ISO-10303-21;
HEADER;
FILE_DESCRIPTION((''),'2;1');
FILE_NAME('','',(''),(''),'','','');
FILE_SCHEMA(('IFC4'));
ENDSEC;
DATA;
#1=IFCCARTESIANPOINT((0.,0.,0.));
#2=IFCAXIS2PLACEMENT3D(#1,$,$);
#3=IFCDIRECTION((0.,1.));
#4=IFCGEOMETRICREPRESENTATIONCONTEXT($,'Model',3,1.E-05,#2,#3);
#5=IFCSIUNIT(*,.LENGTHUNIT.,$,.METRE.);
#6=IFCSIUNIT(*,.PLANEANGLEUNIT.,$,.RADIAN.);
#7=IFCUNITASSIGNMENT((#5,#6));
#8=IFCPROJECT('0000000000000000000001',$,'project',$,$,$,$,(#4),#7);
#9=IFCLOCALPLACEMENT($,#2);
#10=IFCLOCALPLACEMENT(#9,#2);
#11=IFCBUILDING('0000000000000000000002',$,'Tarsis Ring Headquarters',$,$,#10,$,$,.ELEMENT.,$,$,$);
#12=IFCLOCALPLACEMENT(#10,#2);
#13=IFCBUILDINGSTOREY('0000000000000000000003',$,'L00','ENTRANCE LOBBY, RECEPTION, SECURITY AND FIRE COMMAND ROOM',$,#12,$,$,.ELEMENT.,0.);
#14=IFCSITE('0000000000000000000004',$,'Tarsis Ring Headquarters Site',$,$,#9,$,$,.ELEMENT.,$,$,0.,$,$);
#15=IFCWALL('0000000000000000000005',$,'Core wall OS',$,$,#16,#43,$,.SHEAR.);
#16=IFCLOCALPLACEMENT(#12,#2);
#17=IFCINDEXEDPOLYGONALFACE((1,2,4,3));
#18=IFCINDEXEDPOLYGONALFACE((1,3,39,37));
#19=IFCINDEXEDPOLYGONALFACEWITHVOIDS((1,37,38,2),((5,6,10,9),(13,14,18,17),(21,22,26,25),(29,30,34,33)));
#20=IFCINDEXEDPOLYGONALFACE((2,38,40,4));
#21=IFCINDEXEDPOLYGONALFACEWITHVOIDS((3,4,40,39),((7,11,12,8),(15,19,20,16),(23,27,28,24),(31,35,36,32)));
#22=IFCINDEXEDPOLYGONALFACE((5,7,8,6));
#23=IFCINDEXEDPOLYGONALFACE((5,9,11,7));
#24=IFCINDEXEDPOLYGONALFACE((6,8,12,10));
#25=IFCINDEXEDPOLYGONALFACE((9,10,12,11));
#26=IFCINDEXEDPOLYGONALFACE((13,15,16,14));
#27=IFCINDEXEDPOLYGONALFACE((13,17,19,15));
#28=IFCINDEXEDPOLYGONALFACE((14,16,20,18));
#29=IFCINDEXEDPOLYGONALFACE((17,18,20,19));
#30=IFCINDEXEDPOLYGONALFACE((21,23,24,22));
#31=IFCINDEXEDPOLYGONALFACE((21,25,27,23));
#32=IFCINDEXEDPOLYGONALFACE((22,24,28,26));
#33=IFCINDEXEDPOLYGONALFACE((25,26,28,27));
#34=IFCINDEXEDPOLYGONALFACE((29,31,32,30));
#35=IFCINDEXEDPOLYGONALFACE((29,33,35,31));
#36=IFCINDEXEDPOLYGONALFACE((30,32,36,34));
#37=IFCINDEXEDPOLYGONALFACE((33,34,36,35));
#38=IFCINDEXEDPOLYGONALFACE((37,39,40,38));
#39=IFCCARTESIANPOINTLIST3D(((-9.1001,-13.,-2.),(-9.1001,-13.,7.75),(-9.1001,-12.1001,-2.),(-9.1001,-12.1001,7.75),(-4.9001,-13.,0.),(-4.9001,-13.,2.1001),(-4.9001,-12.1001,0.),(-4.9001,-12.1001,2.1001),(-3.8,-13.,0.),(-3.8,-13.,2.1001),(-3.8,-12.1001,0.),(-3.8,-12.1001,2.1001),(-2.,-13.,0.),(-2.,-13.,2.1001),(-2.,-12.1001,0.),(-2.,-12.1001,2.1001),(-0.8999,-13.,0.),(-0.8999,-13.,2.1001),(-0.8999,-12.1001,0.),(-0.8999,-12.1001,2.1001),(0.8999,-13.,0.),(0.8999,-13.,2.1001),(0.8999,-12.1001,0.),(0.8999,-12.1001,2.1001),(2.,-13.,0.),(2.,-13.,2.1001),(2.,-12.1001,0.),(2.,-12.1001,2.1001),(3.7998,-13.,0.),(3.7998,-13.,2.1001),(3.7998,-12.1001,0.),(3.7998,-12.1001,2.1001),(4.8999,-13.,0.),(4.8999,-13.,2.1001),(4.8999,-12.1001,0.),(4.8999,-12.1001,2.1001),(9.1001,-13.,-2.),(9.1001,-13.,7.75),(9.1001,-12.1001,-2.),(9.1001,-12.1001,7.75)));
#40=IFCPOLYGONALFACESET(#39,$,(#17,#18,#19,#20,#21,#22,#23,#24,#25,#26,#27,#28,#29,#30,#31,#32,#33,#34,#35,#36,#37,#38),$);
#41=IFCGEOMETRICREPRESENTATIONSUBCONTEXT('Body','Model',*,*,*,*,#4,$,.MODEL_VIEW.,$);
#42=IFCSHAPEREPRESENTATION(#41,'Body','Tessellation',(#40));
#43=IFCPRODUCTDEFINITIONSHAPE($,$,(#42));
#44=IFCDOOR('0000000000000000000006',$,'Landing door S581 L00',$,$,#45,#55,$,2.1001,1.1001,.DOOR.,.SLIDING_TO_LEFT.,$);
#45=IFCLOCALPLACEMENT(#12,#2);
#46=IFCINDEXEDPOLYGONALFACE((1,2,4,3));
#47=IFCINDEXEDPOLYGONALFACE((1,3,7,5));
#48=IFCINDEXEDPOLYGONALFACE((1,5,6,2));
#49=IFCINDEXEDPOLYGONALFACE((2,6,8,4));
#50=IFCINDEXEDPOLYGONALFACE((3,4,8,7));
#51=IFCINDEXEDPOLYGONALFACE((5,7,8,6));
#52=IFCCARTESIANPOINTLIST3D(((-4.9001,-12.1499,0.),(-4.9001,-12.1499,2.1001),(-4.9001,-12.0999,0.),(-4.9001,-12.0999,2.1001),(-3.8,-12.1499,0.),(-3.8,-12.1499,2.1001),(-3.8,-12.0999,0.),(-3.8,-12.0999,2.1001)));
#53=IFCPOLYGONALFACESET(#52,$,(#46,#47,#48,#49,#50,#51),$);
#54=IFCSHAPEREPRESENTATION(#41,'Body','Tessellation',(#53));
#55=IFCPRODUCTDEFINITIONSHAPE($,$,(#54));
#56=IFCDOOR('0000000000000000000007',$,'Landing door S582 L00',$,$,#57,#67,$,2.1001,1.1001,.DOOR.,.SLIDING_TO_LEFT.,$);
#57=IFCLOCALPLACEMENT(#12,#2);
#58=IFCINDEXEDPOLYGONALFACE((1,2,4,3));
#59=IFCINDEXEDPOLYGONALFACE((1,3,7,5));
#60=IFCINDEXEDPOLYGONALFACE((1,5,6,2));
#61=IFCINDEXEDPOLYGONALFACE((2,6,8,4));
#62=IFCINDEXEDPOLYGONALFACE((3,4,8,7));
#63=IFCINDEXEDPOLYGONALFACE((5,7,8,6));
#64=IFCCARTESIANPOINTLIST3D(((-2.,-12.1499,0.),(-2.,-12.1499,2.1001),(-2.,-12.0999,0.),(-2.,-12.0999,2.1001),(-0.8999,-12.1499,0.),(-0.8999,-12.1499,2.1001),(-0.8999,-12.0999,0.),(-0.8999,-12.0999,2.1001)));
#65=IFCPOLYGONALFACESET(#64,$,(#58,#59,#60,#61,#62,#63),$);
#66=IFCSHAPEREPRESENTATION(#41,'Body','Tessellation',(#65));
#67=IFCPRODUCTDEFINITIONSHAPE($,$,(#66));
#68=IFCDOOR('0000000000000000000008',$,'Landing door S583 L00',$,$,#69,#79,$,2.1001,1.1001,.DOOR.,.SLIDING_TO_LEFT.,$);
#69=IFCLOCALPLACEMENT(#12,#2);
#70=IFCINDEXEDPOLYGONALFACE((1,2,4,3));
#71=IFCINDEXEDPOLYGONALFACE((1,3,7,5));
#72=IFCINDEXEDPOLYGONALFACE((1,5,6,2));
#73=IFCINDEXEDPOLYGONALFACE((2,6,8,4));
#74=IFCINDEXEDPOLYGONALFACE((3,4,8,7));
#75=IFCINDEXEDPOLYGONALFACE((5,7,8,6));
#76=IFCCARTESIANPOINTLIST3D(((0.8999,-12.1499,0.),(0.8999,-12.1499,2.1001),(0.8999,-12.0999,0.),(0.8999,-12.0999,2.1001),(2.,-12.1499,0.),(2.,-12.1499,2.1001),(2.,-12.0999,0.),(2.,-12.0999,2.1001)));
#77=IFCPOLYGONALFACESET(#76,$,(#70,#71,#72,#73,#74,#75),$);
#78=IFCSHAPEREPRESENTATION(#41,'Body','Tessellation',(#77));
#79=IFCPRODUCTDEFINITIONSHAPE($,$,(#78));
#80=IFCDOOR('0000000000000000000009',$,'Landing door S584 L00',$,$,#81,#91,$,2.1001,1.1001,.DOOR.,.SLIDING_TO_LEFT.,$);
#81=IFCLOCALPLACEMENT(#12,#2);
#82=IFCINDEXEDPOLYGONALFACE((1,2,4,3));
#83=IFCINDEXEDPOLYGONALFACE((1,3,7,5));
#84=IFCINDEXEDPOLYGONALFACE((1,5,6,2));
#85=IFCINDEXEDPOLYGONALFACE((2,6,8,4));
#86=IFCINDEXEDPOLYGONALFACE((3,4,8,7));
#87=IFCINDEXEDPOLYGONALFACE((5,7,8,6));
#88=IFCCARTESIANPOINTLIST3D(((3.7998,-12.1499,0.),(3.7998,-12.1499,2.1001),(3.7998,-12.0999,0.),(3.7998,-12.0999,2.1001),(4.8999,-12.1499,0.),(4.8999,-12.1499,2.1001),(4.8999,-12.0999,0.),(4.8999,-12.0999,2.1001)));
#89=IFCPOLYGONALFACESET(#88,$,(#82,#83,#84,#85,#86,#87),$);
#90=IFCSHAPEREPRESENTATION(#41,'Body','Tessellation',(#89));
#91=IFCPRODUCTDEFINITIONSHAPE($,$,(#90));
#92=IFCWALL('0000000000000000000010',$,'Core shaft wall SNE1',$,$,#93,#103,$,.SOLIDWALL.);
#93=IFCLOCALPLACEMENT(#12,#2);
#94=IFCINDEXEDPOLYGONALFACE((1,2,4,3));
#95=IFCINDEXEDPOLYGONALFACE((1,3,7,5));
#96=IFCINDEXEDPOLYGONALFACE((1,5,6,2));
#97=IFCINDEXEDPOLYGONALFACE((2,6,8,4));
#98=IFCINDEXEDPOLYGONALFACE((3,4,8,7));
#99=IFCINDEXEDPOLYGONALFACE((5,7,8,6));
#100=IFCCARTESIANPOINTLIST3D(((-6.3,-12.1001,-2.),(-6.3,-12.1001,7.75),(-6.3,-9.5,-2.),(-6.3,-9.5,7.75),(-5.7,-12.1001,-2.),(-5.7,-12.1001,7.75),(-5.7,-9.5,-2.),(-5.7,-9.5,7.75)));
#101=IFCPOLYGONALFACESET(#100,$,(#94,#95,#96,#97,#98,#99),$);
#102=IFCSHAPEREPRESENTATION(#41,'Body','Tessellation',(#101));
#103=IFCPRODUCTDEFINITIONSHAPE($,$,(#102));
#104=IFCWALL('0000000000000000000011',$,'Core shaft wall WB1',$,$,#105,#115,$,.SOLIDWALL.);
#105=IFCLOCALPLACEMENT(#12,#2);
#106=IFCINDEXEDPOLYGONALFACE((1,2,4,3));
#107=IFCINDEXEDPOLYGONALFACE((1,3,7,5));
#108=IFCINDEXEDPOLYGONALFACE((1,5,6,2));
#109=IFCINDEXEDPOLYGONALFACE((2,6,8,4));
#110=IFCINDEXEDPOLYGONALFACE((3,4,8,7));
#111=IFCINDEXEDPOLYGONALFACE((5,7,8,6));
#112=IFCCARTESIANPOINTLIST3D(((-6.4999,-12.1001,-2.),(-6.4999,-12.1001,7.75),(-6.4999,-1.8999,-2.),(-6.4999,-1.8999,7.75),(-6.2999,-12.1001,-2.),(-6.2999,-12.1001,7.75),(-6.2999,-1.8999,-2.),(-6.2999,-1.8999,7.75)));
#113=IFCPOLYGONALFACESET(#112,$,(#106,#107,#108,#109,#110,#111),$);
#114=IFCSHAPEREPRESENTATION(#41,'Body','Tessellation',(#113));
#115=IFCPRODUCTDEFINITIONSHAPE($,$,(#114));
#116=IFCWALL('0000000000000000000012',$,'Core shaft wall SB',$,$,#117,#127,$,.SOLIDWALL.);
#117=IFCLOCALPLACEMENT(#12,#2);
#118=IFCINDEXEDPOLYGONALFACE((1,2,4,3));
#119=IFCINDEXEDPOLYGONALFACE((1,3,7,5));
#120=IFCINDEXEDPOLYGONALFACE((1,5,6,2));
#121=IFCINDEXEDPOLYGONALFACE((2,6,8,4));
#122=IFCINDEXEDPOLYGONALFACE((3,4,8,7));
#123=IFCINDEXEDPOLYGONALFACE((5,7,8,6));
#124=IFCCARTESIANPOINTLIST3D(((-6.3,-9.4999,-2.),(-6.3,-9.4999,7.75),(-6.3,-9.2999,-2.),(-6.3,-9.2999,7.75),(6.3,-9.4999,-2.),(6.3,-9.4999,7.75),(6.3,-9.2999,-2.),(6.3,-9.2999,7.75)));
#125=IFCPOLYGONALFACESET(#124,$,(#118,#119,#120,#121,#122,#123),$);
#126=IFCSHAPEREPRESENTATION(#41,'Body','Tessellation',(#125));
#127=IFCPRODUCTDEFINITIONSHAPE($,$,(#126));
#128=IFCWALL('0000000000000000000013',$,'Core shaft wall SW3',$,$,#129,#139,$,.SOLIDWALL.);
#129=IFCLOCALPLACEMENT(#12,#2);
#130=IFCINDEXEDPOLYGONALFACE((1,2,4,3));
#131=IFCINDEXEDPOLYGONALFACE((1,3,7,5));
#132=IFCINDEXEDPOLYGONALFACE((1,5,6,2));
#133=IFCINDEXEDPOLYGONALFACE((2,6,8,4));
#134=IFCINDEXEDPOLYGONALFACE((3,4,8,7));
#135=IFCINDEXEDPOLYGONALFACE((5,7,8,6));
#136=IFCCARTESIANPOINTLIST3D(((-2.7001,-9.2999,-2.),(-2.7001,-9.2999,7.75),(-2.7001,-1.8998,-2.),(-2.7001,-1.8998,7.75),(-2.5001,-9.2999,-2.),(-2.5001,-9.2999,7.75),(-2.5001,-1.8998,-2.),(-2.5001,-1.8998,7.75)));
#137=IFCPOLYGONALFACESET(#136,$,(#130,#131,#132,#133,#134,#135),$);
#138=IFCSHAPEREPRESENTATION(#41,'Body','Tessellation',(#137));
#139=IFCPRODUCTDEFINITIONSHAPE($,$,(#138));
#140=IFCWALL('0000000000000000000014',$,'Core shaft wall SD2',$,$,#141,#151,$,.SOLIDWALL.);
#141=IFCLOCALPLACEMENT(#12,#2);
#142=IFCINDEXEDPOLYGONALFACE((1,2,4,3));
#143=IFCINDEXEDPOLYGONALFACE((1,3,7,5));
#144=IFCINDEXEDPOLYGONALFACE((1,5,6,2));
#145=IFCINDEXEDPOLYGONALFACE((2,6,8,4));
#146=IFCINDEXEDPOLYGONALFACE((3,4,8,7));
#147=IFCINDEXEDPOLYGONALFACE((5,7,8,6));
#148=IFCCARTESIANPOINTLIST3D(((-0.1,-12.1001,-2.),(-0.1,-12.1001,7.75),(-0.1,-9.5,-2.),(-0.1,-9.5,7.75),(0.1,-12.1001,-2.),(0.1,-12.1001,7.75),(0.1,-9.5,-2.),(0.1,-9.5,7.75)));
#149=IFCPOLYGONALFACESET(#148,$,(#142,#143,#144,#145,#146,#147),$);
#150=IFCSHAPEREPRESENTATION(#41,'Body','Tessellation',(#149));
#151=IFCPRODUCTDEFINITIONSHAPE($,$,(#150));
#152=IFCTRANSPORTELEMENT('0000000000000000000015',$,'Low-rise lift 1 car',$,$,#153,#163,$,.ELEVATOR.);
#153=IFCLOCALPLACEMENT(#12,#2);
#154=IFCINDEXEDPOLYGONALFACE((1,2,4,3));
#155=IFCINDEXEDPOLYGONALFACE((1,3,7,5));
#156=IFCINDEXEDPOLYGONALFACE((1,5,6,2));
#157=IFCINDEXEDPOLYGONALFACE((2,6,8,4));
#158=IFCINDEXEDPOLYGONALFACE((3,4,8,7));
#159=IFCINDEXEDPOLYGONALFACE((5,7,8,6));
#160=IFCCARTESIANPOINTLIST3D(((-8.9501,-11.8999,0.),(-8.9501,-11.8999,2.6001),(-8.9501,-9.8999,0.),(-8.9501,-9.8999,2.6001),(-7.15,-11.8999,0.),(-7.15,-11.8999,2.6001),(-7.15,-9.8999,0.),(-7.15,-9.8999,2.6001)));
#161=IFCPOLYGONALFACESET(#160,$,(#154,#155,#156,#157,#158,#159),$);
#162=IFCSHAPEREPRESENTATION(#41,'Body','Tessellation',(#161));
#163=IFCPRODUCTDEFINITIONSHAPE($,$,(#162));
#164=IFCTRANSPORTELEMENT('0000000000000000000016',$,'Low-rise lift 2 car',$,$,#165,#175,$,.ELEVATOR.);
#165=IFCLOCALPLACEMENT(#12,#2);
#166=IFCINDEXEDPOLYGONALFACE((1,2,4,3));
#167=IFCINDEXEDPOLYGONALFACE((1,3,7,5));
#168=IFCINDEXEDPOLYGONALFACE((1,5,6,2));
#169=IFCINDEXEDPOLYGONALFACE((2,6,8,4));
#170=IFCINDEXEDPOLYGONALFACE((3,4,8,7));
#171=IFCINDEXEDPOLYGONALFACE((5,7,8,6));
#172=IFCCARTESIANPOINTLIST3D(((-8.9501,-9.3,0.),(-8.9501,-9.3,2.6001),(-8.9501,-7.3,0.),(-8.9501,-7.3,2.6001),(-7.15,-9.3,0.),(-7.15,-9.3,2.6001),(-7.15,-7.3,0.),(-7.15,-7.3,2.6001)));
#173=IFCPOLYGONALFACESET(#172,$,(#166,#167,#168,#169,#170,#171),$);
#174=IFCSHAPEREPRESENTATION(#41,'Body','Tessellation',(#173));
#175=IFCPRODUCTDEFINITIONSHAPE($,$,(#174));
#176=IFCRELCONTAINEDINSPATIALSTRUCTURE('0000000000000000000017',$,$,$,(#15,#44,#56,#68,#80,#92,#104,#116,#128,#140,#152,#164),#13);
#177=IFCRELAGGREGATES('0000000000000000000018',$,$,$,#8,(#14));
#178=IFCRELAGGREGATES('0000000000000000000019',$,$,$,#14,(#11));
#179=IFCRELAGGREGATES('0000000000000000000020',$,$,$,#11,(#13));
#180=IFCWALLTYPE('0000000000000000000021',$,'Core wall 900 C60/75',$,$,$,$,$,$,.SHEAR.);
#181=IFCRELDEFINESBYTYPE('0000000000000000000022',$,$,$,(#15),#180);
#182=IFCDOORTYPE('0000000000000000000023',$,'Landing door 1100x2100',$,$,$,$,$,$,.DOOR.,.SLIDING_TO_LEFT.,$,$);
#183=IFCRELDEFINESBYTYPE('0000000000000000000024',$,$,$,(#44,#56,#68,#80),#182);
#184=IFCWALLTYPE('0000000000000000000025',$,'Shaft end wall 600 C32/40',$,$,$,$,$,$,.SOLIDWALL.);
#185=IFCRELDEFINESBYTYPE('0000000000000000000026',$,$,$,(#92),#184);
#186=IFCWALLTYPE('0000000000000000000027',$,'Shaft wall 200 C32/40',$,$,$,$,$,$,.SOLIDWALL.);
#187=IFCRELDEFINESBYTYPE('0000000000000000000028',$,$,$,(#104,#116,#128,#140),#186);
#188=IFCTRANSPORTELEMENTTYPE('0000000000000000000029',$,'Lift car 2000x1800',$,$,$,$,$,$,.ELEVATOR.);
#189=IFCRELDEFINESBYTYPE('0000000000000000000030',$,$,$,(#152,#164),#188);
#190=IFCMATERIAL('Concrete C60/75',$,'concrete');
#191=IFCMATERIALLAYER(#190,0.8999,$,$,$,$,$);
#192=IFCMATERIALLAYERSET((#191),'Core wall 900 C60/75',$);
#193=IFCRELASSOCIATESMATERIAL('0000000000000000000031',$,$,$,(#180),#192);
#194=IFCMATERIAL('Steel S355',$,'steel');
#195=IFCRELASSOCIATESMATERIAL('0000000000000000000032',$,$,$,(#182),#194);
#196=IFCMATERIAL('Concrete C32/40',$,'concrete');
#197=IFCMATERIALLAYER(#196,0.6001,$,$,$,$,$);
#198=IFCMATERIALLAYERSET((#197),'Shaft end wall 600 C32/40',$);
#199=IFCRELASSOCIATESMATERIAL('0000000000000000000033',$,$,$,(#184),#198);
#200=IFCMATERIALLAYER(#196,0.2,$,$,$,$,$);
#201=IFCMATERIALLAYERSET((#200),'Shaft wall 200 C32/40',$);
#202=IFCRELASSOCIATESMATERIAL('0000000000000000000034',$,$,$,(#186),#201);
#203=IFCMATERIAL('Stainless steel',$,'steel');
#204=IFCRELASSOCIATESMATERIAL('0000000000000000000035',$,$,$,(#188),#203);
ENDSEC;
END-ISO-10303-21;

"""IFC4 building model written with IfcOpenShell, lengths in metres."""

from ifc_helpers import new_model, si_unit, direction, frame, frame_2d, origin, origin_2d, place, context, subcontext, project, spatial, rectangle, extrude, material, layer, layer_set, type_object, element, fill, save


model = new_model("IFC4")

# Units and contexts
model_context = context("Model", 3, precision=1e-05, world=origin(), true_north=direction((0.0, 1.0)))
body_context = subcontext(model_context, "Body", "Model", "MODEL_VIEW")
ifc_project = project(units=[si_unit("LENGTHUNIT", "METRE"), si_unit("PLANEANGLEUNIT", "RADIAN")], contexts=[model_context])

# Site, building, storey
site_placement = place(None, origin())
site = spatial("IfcSite", under=ifc_project, at=site_placement, Name="Tarsis Ring Headquarters Site", CompositionType="ELEMENT", RefElevation=0.0)
building_placement = place(site_placement, origin())
building = spatial("IfcBuilding", under=site, at=building_placement, Name="Tarsis Ring Headquarters", CompositionType="ELEMENT")
storey_placement = place(building_placement, origin())
storey = spatial("IfcBuildingStorey", under=building, at=storey_placement, Name="L00", Description="ENTRANCE LOBBY, RECEPTION, SECURITY AND FIRE COMMAND ROOM", CompositionType="ELEMENT", Elevation=0.0)

# Wall, openings, doors
ifc_material_1 = material(Name="Concrete C60/75", Category="concrete")
ifc_layer_1 = layer(ifc_material_1, 0.8999)
ifc_layer_set_1 = layer_set([ifc_layer_1], Name="Core wall 900 C60/75")
wall_type_1 = type_object("IfcWallType", Name="Core wall 900 C60/75", PredefinedType="SHEAR", material=ifc_layer_set_1)
ifc_material_2 = material(Name="Steel S355", Category="steel")
door_type_1 = type_object("IfcDoorType", Name="Landing door 1100x2100", OperationType="SLIDING_TO_LEFT", PredefinedType="DOOR", material=ifc_material_2)
wall_1_placement = place(storey_placement, frame((-9.1001, -12.55, -2.0), z_axis=(0.0, 0.0, 1.0), x_axis=(1.0, 0.0, 0.0)))
wall_1 = element("IfcWall", 1, at=wall_1_placement, inside=storey, type_object=wall_type_1, Name="Core wall OS", PredefinedType="SHEAR", context=body_context, shape_type="SweptSolid", body=[
    extrude(rectangle(XDim=18.2002, YDim=0.8999, at=frame_2d((9.1001, 0.0))), origin(), (0.0, 0.0, 1.0), 9.75),
])
opening_1_placement = place(wall_1_placement, frame((4.2, 0.0, 2.0)))
opening_1 = element("IfcOpeningElement", 2, at=opening_1_placement, cuts=wall_1, PredefinedType="OPENING", context=body_context, shape_type="SweptSolid", body=[
    extrude(rectangle(XDim=1.1001, YDim=2.1001, at=frame_2d((0.55, 1.05))), frame((0.0, 0.46, 0.0), z_axis=(0.0, -1.0, 0.0), x_axis=(1.0, 0.0, 0.0)), (0.0, 0.0, 1.0), 0.9199),
])
opening_2_placement = place(wall_1_placement, frame((7.1001, 0.0, 2.0)))
opening_2 = element("IfcOpeningElement", 3, at=opening_2_placement, cuts=wall_1, PredefinedType="OPENING", context=body_context, shape_type="SweptSolid", body=[
    extrude(rectangle(XDim=1.1001, YDim=2.1001, at=frame_2d((0.55, 1.05))), frame((0.0, 0.46, 0.0), z_axis=(0.0, -1.0, 0.0), x_axis=(1.0, 0.0, 0.0)), (0.0, 0.0, 1.0), 0.9199),
])
opening_3_placement = place(wall_1_placement, frame((10.0, 0.0, 2.0)))
opening_3 = element("IfcOpeningElement", 4, at=opening_3_placement, cuts=wall_1, PredefinedType="OPENING", context=body_context, shape_type="SweptSolid", body=[
    extrude(rectangle(XDim=1.1001, YDim=2.1001, at=frame_2d((0.55, 1.05))), frame((0.0, 0.46, 0.0), z_axis=(0.0, -1.0, 0.0), x_axis=(1.0, 0.0, 0.0)), (0.0, 0.0, 1.0), 0.9199),
])
opening_4_placement = place(wall_1_placement, frame((12.8999, 0.0, 2.0)))
opening_4 = element("IfcOpeningElement", 5, at=opening_4_placement, cuts=wall_1, PredefinedType="OPENING", context=body_context, shape_type="SweptSolid", body=[
    extrude(rectangle(XDim=1.1001, YDim=2.1001, at=frame_2d((0.55, 1.05))), frame((0.0, 0.46, 0.0), z_axis=(0.0, -1.0, 0.0), x_axis=(1.0, 0.0, 0.0)), (0.0, 0.0, 1.0), 0.9199),
])
door_1_placement = place(opening_1_placement, origin())
door_1 = element("IfcDoor", 6, at=door_1_placement, inside=storey, type_object=door_type_1, Name="Landing door S581 L00", OperationType="SLIDING_TO_LEFT", OverallHeight=2.1001, OverallWidth=1.1001, PredefinedType="DOOR", context=body_context, shape_type="SweptSolid", body=[
    extrude(rectangle(XDim=1.1001, YDim=2.1001, at=frame_2d((0.55, 1.05))), frame((0.0, 0.4502, 0.0), z_axis=(0.0, -1.0, 0.0), x_axis=(1.0, 0.0, 0.0)), (0.0, 0.0, 1.0), 0.05),
])
fill(opening_1, door_1)
door_2_placement = place(opening_2_placement, origin())
door_2 = element("IfcDoor", 7, at=door_2_placement, inside=storey, type_object=door_type_1, Name="Landing door S582 L00", OperationType="SLIDING_TO_LEFT", OverallHeight=2.1001, OverallWidth=1.1001, PredefinedType="DOOR", context=body_context, shape_type="SweptSolid", body=[
    extrude(rectangle(XDim=1.1001, YDim=2.1001, at=frame_2d((0.55, 1.05))), frame((0.0, 0.4502, 0.0), z_axis=(0.0, -1.0, 0.0), x_axis=(1.0, 0.0, 0.0)), (0.0, 0.0, 1.0), 0.05),
])
fill(opening_2, door_2)
door_3_placement = place(opening_3_placement, origin())
door_3 = element("IfcDoor", 8, at=door_3_placement, inside=storey, type_object=door_type_1, Name="Landing door S583 L00", OperationType="SLIDING_TO_LEFT", OverallHeight=2.1001, OverallWidth=1.1001, PredefinedType="DOOR", context=body_context, shape_type="SweptSolid", body=[
    extrude(rectangle(XDim=1.1001, YDim=2.1001, at=frame_2d((0.55, 1.05))), frame((0.0, 0.4502, 0.0), z_axis=(0.0, -1.0, 0.0), x_axis=(1.0, 0.0, 0.0)), (0.0, 0.0, 1.0), 0.05),
])
fill(opening_3, door_3)
door_4_placement = place(opening_4_placement, origin())
door_4 = element("IfcDoor", 9, at=door_4_placement, inside=storey, type_object=door_type_1, Name="Landing door S584 L00", OperationType="SLIDING_TO_LEFT", OverallHeight=2.1001, OverallWidth=1.1001, PredefinedType="DOOR", context=body_context, shape_type="SweptSolid", body=[
    extrude(rectangle(XDim=1.1001, YDim=2.1001, at=frame_2d((0.55, 1.05))), frame((0.0, 0.4502, 0.0), z_axis=(0.0, -1.0, 0.0), x_axis=(1.0, 0.0, 0.0)), (0.0, 0.0, 1.0), 0.05),
])
fill(opening_4, door_4)

# Walls
ifc_material_3 = material(Name="Concrete C32/40", Category="concrete")
ifc_layer_2 = layer(ifc_material_3, 0.6001)
ifc_layer_set_2 = layer_set([ifc_layer_2], Name="Shaft end wall 600 C32/40")
wall_type_2 = type_object("IfcWallType", Name="Shaft end wall 600 C32/40", PredefinedType="SOLIDWALL", material=ifc_layer_set_2)
wall_2_placement = place(storey_placement, frame((-6.0, -12.1001, -2.0), z_axis=(0.0, 0.0, 1.0), x_axis=(0.0, 1.0, 0.0)))
element("IfcWall", 10, at=wall_2_placement, inside=storey, type_object=wall_type_2, Name="Core shaft wall SNE1", PredefinedType="SOLIDWALL", context=body_context, shape_type="SweptSolid", body=[
    extrude(rectangle(XDim=2.6001, YDim=0.6001, at=frame_2d((1.3, 0.0))), origin(), (0.0, 0.0, 1.0), 9.75),
])
ifc_layer_3 = layer(ifc_material_3, 0.2)
ifc_layer_set_3 = layer_set([ifc_layer_3], Name="Shaft wall 200 C32/40")
wall_type_3 = type_object("IfcWallType", Name="Shaft wall 200 C32/40", PredefinedType="SOLIDWALL", material=ifc_layer_set_3)
wall_3_placement = place(storey_placement, frame((-6.3999, -12.1001, -2.0), z_axis=(0.0, 0.0, 1.0), x_axis=(0.0, 1.0, 0.0)))
element("IfcWall", 11, at=wall_3_placement, inside=storey, type_object=wall_type_3, Name="Core shaft wall WB1", PredefinedType="SOLIDWALL", context=body_context, shape_type="SweptSolid", body=[
    extrude(rectangle(XDim=10.2002, YDim=0.2, at=frame_2d((5.1001, 0.0))), origin(), (0.0, 0.0, 1.0), 9.75),
])
wall_4_placement = place(storey_placement, frame((-6.3, -9.3999, -2.0), z_axis=(0.0, 0.0, 1.0), x_axis=(1.0, 0.0, 0.0)))
element("IfcWall", 12, at=wall_4_placement, inside=storey, type_object=wall_type_3, Name="Core shaft wall SB", PredefinedType="SOLIDWALL", context=body_context, shape_type="SweptSolid", body=[
    extrude(rectangle(XDim=12.6001, YDim=0.2, at=frame_2d((6.3, 0.0))), origin(), (0.0, 0.0, 1.0), 9.75),
])
wall_5_placement = place(storey_placement, frame((-2.6001, -9.3, -2.0), z_axis=(0.0, 0.0, 1.0), x_axis=(0.0, 1.0, 0.0)))
element("IfcWall", 13, at=wall_5_placement, inside=storey, type_object=wall_type_3, Name="Core shaft wall SW3", PredefinedType="SOLIDWALL", context=body_context, shape_type="SweptSolid", body=[
    extrude(rectangle(XDim=7.4001, YDim=0.2, at=frame_2d((3.7002, 0.0))), origin(), (0.0, 0.0, 1.0), 9.75),
])
wall_6_placement = place(storey_placement, frame((0.0, -12.1001, -2.0), z_axis=(0.0, 0.0, 1.0), x_axis=(0.0, 1.0, 0.0)))
element("IfcWall", 14, at=wall_6_placement, inside=storey, type_object=wall_type_3, Name="Core shaft wall SD2", PredefinedType="SOLIDWALL", context=body_context, shape_type="SweptSolid", body=[
    extrude(rectangle(XDim=2.6001, YDim=0.2, at=frame_2d((1.3, 0.0))), origin(), (0.0, 0.0, 1.0), 9.75),
])

# Transport elements
ifc_material_4 = material(Name="Stainless steel", Category="steel")
transport_element_type_1 = type_object("IfcTransportElementType", Name="Lift car 2000x1800", PredefinedType="ELEVATOR", material=ifc_material_4)
for number, where, z_axis, x_axis, name in (
    (15, (-8.05, -10.8999, 0.0), (0.0, 0.0, 1.0), (1.0, 0.0, 0.0), "Low-rise lift 1 car"),
    (16, (-8.05, -8.3, 0.0), (0.0, 0.0, 1.0), (1.0, 0.0, 0.0), "Low-rise lift 2 car"),
):
    element("IfcTransportElement", number, at=place(storey_placement, frame(where, z_axis=z_axis, x_axis=x_axis)), inside=storey, type_object=transport_element_type_1, Name=name, PredefinedType="ELEVATOR", context=body_context, shape_type="SweptSolid", body=[
        extrude(rectangle(XDim=1.8, YDim=2.0, at=origin_2d()), origin(), (0.0, 0.0, 1.0), 2.6001),
    ])

save(model, "model.ifc")
